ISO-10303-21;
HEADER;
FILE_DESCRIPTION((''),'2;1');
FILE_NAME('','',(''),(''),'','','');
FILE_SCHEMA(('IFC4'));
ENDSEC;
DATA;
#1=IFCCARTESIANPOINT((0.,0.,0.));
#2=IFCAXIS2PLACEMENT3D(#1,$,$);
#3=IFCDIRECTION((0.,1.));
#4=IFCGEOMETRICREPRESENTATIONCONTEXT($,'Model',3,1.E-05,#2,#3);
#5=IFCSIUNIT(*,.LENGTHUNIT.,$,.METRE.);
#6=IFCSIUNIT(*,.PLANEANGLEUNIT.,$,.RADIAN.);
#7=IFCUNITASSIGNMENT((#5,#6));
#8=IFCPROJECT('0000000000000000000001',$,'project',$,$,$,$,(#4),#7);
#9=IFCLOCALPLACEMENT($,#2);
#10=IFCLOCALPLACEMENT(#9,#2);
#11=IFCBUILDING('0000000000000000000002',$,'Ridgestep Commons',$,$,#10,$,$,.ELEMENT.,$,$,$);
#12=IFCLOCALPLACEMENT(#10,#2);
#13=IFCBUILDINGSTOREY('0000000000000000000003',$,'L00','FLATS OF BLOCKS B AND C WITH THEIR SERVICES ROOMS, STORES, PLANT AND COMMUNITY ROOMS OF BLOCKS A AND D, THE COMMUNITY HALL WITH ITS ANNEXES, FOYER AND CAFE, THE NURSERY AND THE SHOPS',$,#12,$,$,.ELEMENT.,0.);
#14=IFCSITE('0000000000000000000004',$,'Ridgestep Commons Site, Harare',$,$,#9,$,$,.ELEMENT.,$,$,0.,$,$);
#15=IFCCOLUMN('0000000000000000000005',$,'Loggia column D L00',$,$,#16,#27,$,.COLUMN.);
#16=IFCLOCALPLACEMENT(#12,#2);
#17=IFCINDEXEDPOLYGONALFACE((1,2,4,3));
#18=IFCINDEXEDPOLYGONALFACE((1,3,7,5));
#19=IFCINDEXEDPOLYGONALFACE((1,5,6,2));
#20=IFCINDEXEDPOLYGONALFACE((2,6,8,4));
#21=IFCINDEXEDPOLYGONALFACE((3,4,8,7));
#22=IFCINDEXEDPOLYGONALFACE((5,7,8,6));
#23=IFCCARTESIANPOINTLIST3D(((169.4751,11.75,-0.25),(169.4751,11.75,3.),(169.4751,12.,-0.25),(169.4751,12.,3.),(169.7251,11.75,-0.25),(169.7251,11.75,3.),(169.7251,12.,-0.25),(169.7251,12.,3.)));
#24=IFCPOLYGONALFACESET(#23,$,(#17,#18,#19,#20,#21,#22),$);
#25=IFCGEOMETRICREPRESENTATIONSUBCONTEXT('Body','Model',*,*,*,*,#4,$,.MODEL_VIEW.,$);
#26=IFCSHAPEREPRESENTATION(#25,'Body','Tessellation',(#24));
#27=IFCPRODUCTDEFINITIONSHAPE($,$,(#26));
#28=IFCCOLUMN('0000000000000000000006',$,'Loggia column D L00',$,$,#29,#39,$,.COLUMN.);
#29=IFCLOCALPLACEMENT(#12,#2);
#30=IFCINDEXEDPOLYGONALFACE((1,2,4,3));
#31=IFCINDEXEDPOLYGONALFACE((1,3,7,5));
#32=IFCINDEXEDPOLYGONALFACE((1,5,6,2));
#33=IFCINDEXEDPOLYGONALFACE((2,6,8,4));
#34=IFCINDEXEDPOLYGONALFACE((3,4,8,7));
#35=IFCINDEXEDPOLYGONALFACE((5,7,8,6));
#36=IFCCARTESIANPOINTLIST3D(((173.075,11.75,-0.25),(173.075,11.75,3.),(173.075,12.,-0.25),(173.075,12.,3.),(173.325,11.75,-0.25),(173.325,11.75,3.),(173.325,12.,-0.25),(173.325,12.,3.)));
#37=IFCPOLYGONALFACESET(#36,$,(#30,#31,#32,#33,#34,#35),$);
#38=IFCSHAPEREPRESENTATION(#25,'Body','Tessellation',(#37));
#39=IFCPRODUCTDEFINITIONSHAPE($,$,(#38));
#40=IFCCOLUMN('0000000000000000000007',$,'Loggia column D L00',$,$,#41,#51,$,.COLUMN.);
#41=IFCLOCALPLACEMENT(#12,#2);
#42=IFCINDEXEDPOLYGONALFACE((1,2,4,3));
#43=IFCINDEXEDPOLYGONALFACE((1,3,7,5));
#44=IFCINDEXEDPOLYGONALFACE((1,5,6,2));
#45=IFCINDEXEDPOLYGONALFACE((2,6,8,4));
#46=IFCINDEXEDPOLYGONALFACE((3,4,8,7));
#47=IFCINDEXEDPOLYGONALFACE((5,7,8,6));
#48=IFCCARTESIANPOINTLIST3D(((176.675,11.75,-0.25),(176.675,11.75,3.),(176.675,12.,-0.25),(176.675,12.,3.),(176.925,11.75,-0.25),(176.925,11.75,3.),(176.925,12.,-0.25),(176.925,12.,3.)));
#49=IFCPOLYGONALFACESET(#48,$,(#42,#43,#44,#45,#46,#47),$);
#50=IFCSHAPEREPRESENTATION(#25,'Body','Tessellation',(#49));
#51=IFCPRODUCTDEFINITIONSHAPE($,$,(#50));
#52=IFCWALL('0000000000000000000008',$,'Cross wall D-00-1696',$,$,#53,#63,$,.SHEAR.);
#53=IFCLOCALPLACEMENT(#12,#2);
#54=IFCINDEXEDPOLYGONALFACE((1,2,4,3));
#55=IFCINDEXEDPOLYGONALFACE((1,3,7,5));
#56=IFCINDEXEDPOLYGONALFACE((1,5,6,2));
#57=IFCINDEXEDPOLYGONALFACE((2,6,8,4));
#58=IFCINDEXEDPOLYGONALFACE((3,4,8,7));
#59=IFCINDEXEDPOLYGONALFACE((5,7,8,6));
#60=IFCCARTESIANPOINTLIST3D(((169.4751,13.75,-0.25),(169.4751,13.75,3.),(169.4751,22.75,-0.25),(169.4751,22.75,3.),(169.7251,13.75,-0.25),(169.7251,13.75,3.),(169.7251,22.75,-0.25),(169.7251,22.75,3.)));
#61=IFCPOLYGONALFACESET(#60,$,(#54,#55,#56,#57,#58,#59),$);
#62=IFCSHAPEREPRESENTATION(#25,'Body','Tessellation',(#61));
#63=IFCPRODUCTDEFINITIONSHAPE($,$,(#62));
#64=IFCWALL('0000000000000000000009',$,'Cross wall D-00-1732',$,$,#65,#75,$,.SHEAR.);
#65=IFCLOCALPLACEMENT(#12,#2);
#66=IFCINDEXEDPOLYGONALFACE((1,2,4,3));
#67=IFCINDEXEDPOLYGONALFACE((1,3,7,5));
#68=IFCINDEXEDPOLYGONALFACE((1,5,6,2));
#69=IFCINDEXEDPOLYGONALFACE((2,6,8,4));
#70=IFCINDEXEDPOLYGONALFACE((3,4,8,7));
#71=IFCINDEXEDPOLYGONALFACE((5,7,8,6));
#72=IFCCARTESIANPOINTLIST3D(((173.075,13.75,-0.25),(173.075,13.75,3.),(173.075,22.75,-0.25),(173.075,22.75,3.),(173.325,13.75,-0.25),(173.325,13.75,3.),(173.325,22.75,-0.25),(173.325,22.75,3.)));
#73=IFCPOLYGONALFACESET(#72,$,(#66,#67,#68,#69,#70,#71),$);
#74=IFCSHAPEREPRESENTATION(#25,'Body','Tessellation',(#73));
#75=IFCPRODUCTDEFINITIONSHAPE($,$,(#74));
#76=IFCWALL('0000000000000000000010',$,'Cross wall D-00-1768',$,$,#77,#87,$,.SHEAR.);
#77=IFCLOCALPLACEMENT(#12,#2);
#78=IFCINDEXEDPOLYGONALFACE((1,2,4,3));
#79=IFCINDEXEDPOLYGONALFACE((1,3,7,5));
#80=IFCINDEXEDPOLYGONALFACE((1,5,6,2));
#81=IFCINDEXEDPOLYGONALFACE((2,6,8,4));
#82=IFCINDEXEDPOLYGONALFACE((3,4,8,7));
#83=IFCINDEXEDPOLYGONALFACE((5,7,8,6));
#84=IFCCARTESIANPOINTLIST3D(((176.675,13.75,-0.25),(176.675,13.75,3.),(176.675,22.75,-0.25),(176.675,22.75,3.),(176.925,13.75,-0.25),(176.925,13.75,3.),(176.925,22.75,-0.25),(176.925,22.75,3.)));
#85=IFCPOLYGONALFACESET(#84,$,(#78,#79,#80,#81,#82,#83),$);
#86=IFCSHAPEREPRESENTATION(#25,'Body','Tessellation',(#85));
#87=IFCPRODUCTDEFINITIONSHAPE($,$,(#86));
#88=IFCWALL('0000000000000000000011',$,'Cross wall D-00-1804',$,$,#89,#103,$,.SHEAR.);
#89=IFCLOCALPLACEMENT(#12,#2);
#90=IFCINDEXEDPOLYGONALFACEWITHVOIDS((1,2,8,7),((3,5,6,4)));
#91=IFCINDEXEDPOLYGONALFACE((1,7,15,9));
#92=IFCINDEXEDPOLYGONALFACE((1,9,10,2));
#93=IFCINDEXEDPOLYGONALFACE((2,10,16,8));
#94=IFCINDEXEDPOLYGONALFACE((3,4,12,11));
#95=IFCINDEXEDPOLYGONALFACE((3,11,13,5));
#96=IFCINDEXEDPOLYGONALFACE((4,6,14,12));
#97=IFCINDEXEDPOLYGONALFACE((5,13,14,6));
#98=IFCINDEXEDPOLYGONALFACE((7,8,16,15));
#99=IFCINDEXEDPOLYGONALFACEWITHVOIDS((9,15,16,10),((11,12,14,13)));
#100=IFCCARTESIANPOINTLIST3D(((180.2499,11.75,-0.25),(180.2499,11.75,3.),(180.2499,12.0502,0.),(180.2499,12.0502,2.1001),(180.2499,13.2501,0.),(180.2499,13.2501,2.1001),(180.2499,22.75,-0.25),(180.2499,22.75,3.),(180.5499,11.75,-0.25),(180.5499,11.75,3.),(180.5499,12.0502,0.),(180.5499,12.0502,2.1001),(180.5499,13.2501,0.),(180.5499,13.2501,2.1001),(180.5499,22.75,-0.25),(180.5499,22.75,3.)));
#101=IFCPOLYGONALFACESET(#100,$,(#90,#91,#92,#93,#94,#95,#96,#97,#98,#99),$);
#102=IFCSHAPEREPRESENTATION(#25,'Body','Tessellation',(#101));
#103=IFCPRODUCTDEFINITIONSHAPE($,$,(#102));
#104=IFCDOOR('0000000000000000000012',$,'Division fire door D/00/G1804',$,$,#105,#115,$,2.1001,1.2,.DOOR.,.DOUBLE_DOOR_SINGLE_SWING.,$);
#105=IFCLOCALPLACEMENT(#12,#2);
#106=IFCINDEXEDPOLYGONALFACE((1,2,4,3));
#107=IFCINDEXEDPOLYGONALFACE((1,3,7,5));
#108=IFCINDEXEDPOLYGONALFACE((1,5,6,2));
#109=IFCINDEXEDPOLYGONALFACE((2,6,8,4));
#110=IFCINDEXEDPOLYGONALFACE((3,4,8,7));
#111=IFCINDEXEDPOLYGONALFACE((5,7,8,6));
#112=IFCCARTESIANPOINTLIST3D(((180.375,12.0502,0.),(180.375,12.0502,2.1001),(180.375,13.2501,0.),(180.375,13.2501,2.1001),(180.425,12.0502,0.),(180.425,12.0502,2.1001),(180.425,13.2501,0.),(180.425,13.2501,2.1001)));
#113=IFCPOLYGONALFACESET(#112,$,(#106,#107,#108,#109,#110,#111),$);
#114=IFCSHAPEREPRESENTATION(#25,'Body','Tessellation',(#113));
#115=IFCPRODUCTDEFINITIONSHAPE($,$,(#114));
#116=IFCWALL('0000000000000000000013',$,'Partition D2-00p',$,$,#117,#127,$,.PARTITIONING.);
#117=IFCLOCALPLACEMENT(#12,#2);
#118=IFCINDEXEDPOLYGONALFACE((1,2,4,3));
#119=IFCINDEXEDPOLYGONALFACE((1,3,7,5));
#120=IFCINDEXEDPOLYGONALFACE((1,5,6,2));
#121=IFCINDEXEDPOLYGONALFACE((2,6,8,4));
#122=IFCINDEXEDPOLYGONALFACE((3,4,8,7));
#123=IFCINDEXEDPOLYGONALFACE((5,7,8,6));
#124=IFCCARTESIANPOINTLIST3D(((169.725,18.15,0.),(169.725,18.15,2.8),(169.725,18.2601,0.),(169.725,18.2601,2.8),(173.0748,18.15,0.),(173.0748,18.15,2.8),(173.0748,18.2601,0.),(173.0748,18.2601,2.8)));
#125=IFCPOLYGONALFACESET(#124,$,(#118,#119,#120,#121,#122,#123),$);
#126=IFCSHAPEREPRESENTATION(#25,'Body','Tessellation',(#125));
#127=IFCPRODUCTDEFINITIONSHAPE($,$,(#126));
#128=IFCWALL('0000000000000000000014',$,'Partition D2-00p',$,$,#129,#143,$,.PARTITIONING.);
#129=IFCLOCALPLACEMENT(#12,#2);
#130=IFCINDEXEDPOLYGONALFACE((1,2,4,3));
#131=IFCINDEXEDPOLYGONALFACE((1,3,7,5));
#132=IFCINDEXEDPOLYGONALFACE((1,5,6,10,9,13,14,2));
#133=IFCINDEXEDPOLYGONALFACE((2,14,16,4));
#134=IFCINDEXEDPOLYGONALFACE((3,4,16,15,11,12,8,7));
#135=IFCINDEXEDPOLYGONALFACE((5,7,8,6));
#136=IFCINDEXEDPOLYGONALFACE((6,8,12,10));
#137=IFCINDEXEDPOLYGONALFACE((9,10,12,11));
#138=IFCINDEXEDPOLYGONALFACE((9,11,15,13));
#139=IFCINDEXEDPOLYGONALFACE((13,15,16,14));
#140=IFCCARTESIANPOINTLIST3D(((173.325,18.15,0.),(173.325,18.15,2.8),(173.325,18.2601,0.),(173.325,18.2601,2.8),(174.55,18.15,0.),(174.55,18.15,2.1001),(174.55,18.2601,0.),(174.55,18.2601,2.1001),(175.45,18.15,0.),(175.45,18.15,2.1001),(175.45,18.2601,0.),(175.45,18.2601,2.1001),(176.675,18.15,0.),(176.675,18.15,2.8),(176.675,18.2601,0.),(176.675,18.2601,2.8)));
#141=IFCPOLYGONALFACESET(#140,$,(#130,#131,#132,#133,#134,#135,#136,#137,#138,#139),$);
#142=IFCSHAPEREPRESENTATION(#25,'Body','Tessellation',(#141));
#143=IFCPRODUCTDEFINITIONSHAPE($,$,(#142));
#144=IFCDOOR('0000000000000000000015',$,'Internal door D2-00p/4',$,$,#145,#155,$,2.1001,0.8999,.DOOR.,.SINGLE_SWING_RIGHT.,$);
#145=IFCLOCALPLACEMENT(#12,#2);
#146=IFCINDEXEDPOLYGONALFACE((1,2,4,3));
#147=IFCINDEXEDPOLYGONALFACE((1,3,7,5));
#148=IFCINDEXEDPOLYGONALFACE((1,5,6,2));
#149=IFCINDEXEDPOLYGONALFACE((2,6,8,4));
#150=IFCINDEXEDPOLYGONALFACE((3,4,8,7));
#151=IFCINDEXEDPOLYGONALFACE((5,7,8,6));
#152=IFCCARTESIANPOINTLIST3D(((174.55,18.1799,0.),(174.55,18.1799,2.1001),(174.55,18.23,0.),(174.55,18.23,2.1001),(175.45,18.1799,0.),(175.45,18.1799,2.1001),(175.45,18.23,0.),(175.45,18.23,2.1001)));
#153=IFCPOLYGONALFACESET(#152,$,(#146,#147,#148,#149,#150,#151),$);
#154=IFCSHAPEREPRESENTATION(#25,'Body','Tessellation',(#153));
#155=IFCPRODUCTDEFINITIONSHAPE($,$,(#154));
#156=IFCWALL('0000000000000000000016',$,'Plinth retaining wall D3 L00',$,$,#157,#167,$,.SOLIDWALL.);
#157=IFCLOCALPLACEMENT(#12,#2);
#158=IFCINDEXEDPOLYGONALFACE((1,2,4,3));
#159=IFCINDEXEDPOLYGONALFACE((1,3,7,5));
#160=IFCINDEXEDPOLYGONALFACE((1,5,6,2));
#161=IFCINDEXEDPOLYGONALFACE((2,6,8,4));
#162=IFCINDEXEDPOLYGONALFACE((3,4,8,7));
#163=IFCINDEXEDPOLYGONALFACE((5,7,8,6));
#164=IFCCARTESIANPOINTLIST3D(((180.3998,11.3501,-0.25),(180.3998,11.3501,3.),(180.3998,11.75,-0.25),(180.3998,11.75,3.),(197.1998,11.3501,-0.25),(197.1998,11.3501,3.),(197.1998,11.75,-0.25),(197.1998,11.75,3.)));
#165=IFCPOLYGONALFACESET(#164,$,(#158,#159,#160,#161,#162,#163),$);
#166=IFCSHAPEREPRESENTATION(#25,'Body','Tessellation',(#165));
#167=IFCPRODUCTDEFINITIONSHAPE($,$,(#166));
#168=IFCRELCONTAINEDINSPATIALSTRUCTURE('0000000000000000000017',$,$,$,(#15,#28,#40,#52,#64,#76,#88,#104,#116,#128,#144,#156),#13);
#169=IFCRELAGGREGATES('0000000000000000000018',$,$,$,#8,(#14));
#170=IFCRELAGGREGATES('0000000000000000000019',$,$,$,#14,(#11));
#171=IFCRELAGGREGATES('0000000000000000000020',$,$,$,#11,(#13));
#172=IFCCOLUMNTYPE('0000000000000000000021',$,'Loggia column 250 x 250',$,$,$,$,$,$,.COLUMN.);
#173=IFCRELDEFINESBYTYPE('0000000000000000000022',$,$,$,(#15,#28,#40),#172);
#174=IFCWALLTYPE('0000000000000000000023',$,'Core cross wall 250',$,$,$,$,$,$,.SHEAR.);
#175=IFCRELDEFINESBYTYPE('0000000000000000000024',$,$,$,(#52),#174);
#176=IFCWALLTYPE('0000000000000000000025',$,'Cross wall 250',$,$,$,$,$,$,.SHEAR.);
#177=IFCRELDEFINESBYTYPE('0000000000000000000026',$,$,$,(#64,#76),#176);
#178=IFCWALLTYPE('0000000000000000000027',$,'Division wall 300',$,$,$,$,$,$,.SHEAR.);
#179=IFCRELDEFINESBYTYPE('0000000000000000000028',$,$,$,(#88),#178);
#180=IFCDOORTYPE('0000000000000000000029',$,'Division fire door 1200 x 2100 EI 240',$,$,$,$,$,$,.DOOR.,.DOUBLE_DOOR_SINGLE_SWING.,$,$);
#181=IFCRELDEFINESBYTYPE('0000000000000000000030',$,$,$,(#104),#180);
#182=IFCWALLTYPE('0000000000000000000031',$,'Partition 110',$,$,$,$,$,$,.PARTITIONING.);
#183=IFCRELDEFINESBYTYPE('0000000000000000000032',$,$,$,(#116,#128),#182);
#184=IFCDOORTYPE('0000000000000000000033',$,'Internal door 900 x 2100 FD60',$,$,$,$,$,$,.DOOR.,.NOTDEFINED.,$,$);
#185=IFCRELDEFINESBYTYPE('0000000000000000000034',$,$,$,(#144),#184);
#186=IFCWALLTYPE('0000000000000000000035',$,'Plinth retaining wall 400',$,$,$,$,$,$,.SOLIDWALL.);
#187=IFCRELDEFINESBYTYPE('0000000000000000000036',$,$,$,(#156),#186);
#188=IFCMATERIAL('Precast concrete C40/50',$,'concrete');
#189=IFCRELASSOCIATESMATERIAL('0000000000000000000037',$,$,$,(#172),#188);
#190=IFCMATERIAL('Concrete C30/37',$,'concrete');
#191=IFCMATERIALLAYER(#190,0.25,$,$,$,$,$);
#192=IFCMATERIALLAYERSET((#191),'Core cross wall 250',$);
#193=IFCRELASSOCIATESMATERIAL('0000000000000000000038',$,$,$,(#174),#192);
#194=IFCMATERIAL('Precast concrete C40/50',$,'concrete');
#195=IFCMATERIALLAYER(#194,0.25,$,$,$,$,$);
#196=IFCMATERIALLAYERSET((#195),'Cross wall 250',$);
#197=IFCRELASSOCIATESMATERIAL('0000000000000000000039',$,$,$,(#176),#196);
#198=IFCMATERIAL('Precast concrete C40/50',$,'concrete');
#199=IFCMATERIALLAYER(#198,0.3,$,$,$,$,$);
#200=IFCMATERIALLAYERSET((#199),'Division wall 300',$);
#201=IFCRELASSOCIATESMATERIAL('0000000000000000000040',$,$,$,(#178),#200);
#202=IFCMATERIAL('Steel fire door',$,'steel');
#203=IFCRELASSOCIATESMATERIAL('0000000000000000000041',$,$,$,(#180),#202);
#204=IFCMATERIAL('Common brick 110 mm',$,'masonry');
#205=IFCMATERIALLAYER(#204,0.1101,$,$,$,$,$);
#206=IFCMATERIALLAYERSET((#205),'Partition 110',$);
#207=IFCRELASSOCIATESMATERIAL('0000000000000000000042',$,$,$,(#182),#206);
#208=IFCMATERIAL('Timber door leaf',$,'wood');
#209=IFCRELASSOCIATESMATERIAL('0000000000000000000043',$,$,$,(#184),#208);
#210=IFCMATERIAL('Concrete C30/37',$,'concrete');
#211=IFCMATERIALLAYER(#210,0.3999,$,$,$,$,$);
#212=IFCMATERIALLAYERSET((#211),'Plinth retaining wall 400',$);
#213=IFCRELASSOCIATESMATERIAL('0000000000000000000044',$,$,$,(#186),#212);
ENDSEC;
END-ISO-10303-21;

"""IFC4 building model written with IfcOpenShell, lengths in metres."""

from ifc_helpers import new_model, si_unit, direction, frame, frame_2d, origin, origin_2d, place, context, subcontext, project, spatial, rectangle, extrude, material, layer, layer_set, material_profile, profile_set, type_object, element, fill, save


model = new_model("IFC4")

# Units and contexts
model_context = context("Model", 3, precision=1e-05, world=origin(), true_north=direction((0.0, 1.0)))
body_context = subcontext(model_context, "Body", "Model", "MODEL_VIEW")
ifc_project = project(units=[si_unit("LENGTHUNIT", "METRE"), si_unit("PLANEANGLEUNIT", "RADIAN")], contexts=[model_context])

# Site, building, storey
site_placement = place(None, origin())
site = spatial("IfcSite", under=ifc_project, at=site_placement, Name="Ridgestep Commons Site, Harare", CompositionType="ELEMENT", RefElevation=0.0)
building_placement = place(site_placement, origin())
building = spatial("IfcBuilding", under=site, at=building_placement, Name="Ridgestep Commons", CompositionType="ELEMENT")
storey_placement = place(building_placement, origin())
storey = spatial("IfcBuildingStorey", under=building, at=storey_placement, Name="L00", Description="FLATS OF BLOCKS B AND C WITH THEIR SERVICES ROOMS, STORES, PLANT AND COMMUNITY ROOMS OF BLOCKS A AND D, THE COMMUNITY HALL WITH ITS ANNEXES, FOYER AND CAFE, THE NURSERY AND THE SHOPS", CompositionType="ELEMENT", Elevation=0.0)

# Columns
ifc_material_1 = material(Name="Precast concrete C40/50", Category="concrete")
ifc_material_profile = material_profile(ifc_material_1, rectangle(XDim=0.25, YDim=0.25, at=origin_2d()), Name="PC 250x250")
ifc_profile_set = profile_set([ifc_material_profile], Name="Precast concrete C40/50")
column_type = type_object("IfcColumnType", Name="Loggia column 250 x 250", PredefinedType="COLUMN", material=ifc_profile_set)
for number, where, z_axis, x_axis, name in (
    (1, (169.6001, 11.875, -0.25), (0.0, 0.0, 1.0), (1.0, 0.0, 0.0), "Loggia column D L00"),
    (2, (173.2, 11.875, -0.25), (0.0, 0.0, 1.0), (1.0, 0.0, 0.0), "Loggia column D L00"),
    (3, (176.8, 11.875, -0.25), (0.0, 0.0, 1.0), (1.0, 0.0, 0.0), "Loggia column D L00"),
):
    element("IfcColumn", number, at=place(storey_placement, frame(where, z_axis=z_axis, x_axis=x_axis)), inside=storey, type_object=column_type, Name=name, PredefinedType="COLUMN", context=body_context, shape_type="SweptSolid", body=[
        extrude(rectangle(XDim=0.25, YDim=0.25, at=origin_2d()), origin(), (0.0, 0.0, 1.0), 3.25),
    ])

# Walls
ifc_material_2 = material(Name="Concrete C30/37", Category="concrete")
ifc_layer_1 = layer(ifc_material_2, 0.25)
ifc_layer_set_1 = layer_set([ifc_layer_1], Name="Core cross wall 250")
wall_type_1 = type_object("IfcWallType", Name="Core cross wall 250", PredefinedType="SHEAR", material=ifc_layer_set_1)
wall_1_placement = place(storey_placement, frame((169.6001, 13.75, -0.25), z_axis=(0.0, 0.0, 1.0), x_axis=(0.0, 1.0, 0.0)))
element("IfcWall", 4, at=wall_1_placement, inside=storey, type_object=wall_type_1, Name="Cross wall D-00-1696", PredefinedType="SHEAR", context=body_context, shape_type="SweptSolid", body=[
    extrude(rectangle(XDim=9.0, YDim=0.25, at=frame_2d((4.5, 0.0))), origin(), (0.0, 0.0, 1.0), 3.25),
])
ifc_material_3 = material(Name="Precast concrete C40/50", Category="concrete")
ifc_layer_2 = layer(ifc_material_3, 0.25)
ifc_layer_set_2 = layer_set([ifc_layer_2], Name="Cross wall 250")
wall_type_2 = type_object("IfcWallType", Name="Cross wall 250", PredefinedType="SHEAR", material=ifc_layer_set_2)
for number, where, z_axis, x_axis, name in (
    (5, (173.2, 13.75, -0.25), (0.0, 0.0, 1.0), (0.0, 1.0, 0.0), "Cross wall D-00-1732"),
    (6, (176.8, 13.75, -0.25), (0.0, 0.0, 1.0), (0.0, 1.0, 0.0), "Cross wall D-00-1768"),
):
    element("IfcWall", number, at=place(storey_placement, frame(where, z_axis=z_axis, x_axis=x_axis)), inside=storey, type_object=wall_type_2, Name=name, PredefinedType="SHEAR", context=body_context, shape_type="SweptSolid", body=[
        extrude(rectangle(XDim=9.0, YDim=0.25, at=frame_2d((4.5, 0.0))), origin(), (0.0, 0.0, 1.0), 3.25),
    ])

# Wall, opening, door
ifc_material_4 = material(Name="Precast concrete C40/50", Category="concrete")
ifc_layer_3 = layer(ifc_material_4, 0.3)
ifc_layer_set_3 = layer_set([ifc_layer_3], Name="Division wall 300")
wall_type_3 = type_object("IfcWallType", Name="Division wall 300", PredefinedType="SHEAR", material=ifc_layer_set_3)
wall_2_placement = place(storey_placement, frame((180.3999, 11.75, -0.25), z_axis=(0.0, 0.0, 1.0), x_axis=(0.0, 1.0, 0.0)))
wall_2 = element("IfcWall", 7, at=wall_2_placement, inside=storey, type_object=wall_type_3, Name="Cross wall D-00-1804", PredefinedType="SHEAR", context=body_context, shape_type="SweptSolid", body=[
    extrude(rectangle(XDim=11.0, YDim=0.3, at=frame_2d((5.5, 0.0))), origin(), (0.0, 0.0, 1.0), 3.25),
])
opening_1_placement = place(wall_2_placement, frame((0.3, 0.0, 0.25)))
opening_1 = element("IfcOpeningElement", 8, at=opening_1_placement, cuts=wall_2, PredefinedType="OPENING", context=body_context, shape_type="SweptSolid", body=[
    extrude(rectangle(XDim=1.2, YDim=2.1001, at=frame_2d((0.6001, 1.05))), frame((0.0, 0.1599, 0.0), z_axis=(0.0, -1.0, 0.0), x_axis=(1.0, 0.0, 0.0)), (0.0, 0.0, 1.0), 0.3201),
])
ifc_material_5 = material(Name="Steel fire door", Category="steel")
door_type_1 = type_object("IfcDoorType", Name="Division fire door 1200 x 2100 EI 240", OperationType="DOUBLE_DOOR_SINGLE_SWING", PredefinedType="DOOR", material=ifc_material_5)
door_1_placement = place(opening_1_placement, origin())
door_1 = element("IfcDoor", 9, at=door_1_placement, inside=storey, type_object=door_type_1, Name="Division fire door D/00/G1804", OperationType="DOUBLE_DOOR_SINGLE_SWING", OverallHeight=2.1001, OverallWidth=1.2, PredefinedType="DOOR", context=body_context, shape_type="SweptSolid", body=[
    extrude(rectangle(XDim=1.2, YDim=2.1001, at=frame_2d((0.6001, 1.05))), frame((0.0, 0.0249, 0.0), z_axis=(0.0, -1.0, 0.0), x_axis=(1.0, 0.0, 0.0)), (0.0, 0.0, 1.0), 0.05),
])
fill(opening_1, door_1)

# Wall
ifc_material_6 = material(Name="Common brick 110 mm", Category="masonry")
ifc_layer_4 = layer(ifc_material_6, 0.1101)
ifc_layer_set_4 = layer_set([ifc_layer_4], Name="Partition 110")
wall_type_4 = type_object("IfcWallType", Name="Partition 110", PredefinedType="PARTITIONING", material=ifc_layer_set_4)
wall_3_placement = place(storey_placement, frame((169.7251, 18.2051, 0.0), z_axis=(0.0, 0.0, 1.0), x_axis=(1.0, 0.0, 0.0)))
element("IfcWall", 10, at=wall_3_placement, inside=storey, type_object=wall_type_4, Name="Partition D2-00p", PredefinedType="PARTITIONING", context=body_context, shape_type="SweptSolid", body=[
    extrude(rectangle(XDim=3.3499, YDim=0.1101, at=frame_2d((1.6748, 0.0))), origin(), (0.0, 0.0, 1.0), 2.8),
])

# Wall, opening, door
wall_4_placement = place(storey_placement, frame((173.325, 18.2051, 0.0), z_axis=(0.0, 0.0, 1.0), x_axis=(1.0, 0.0, 0.0)))
wall_4 = element("IfcWall", 11, at=wall_4_placement, inside=storey, type_object=wall_type_4, Name="Partition D2-00p", PredefinedType="PARTITIONING", context=body_context, shape_type="SweptSolid", body=[
    extrude(rectangle(XDim=3.3501, YDim=0.1101, at=frame_2d((1.675, 0.0))), origin(), (0.0, 0.0, 1.0), 2.8),
])
opening_2_placement = place(wall_4_placement, frame((1.2251, 0.0, 0.0)))
opening_2 = element("IfcOpeningElement", 12, at=opening_2_placement, cuts=wall_4, PredefinedType="OPENING", context=body_context, shape_type="SweptSolid", body=[
    extrude(rectangle(XDim=0.8999, YDim=2.1001, at=frame_2d((0.45, 1.05))), frame((0.0, 0.0649, 0.0), z_axis=(0.0, -1.0, 0.0), x_axis=(1.0, 0.0, 0.0)), (0.0, 0.0, 1.0), 0.1301),
])
ifc_material_7 = material(Name="Timber door leaf", Category="wood")
door_type_2 = type_object("IfcDoorType", Name="Internal door 900 x 2100 FD60", OperationType="NOTDEFINED", PredefinedType="DOOR", material=ifc_material_7)
door_2_placement = place(opening_2_placement, origin())
door_2 = element("IfcDoor", 13, at=door_2_placement, inside=storey, type_object=door_type_2, Name="Internal door D2-00p/4", OperationType="SINGLE_SWING_RIGHT", OverallHeight=2.1001, OverallWidth=0.8999, PredefinedType="DOOR", context=body_context, shape_type="SweptSolid", body=[
    extrude(rectangle(XDim=0.8999, YDim=2.1001, at=frame_2d((0.45, 1.05))), frame((0.0, 0.0249, 0.0), z_axis=(0.0, -1.0, 0.0), x_axis=(1.0, 0.0, 0.0)), (0.0, 0.0, 1.0), 0.05),
])
fill(opening_2, door_2)

# Wall
ifc_material_8 = material(Name="Concrete C30/37", Category="concrete")
ifc_layer_5 = layer(ifc_material_8, 0.3999)
ifc_layer_set_5 = layer_set([ifc_layer_5], Name="Plinth retaining wall 400")
wall_type_5 = type_object("IfcWallType", Name="Plinth retaining wall 400", PredefinedType="SOLIDWALL", material=ifc_layer_set_5)
wall_5_placement = place(storey_placement, frame((180.3999, 11.55, -0.25), z_axis=(0.0, 0.0, 1.0), x_axis=(1.0, 0.0, 0.0)))
element("IfcWall", 14, at=wall_5_placement, inside=storey, type_object=wall_type_5, Name="Plinth retaining wall D3 L00", PredefinedType="SOLIDWALL", context=body_context, shape_type="SweptSolid", body=[
    extrude(rectangle(XDim=16.8, YDim=0.3999, at=frame_2d((8.3999, 0.0))), origin(), (0.0, 0.0, 1.0), 3.25),
])

save(model, "model.ifc")
